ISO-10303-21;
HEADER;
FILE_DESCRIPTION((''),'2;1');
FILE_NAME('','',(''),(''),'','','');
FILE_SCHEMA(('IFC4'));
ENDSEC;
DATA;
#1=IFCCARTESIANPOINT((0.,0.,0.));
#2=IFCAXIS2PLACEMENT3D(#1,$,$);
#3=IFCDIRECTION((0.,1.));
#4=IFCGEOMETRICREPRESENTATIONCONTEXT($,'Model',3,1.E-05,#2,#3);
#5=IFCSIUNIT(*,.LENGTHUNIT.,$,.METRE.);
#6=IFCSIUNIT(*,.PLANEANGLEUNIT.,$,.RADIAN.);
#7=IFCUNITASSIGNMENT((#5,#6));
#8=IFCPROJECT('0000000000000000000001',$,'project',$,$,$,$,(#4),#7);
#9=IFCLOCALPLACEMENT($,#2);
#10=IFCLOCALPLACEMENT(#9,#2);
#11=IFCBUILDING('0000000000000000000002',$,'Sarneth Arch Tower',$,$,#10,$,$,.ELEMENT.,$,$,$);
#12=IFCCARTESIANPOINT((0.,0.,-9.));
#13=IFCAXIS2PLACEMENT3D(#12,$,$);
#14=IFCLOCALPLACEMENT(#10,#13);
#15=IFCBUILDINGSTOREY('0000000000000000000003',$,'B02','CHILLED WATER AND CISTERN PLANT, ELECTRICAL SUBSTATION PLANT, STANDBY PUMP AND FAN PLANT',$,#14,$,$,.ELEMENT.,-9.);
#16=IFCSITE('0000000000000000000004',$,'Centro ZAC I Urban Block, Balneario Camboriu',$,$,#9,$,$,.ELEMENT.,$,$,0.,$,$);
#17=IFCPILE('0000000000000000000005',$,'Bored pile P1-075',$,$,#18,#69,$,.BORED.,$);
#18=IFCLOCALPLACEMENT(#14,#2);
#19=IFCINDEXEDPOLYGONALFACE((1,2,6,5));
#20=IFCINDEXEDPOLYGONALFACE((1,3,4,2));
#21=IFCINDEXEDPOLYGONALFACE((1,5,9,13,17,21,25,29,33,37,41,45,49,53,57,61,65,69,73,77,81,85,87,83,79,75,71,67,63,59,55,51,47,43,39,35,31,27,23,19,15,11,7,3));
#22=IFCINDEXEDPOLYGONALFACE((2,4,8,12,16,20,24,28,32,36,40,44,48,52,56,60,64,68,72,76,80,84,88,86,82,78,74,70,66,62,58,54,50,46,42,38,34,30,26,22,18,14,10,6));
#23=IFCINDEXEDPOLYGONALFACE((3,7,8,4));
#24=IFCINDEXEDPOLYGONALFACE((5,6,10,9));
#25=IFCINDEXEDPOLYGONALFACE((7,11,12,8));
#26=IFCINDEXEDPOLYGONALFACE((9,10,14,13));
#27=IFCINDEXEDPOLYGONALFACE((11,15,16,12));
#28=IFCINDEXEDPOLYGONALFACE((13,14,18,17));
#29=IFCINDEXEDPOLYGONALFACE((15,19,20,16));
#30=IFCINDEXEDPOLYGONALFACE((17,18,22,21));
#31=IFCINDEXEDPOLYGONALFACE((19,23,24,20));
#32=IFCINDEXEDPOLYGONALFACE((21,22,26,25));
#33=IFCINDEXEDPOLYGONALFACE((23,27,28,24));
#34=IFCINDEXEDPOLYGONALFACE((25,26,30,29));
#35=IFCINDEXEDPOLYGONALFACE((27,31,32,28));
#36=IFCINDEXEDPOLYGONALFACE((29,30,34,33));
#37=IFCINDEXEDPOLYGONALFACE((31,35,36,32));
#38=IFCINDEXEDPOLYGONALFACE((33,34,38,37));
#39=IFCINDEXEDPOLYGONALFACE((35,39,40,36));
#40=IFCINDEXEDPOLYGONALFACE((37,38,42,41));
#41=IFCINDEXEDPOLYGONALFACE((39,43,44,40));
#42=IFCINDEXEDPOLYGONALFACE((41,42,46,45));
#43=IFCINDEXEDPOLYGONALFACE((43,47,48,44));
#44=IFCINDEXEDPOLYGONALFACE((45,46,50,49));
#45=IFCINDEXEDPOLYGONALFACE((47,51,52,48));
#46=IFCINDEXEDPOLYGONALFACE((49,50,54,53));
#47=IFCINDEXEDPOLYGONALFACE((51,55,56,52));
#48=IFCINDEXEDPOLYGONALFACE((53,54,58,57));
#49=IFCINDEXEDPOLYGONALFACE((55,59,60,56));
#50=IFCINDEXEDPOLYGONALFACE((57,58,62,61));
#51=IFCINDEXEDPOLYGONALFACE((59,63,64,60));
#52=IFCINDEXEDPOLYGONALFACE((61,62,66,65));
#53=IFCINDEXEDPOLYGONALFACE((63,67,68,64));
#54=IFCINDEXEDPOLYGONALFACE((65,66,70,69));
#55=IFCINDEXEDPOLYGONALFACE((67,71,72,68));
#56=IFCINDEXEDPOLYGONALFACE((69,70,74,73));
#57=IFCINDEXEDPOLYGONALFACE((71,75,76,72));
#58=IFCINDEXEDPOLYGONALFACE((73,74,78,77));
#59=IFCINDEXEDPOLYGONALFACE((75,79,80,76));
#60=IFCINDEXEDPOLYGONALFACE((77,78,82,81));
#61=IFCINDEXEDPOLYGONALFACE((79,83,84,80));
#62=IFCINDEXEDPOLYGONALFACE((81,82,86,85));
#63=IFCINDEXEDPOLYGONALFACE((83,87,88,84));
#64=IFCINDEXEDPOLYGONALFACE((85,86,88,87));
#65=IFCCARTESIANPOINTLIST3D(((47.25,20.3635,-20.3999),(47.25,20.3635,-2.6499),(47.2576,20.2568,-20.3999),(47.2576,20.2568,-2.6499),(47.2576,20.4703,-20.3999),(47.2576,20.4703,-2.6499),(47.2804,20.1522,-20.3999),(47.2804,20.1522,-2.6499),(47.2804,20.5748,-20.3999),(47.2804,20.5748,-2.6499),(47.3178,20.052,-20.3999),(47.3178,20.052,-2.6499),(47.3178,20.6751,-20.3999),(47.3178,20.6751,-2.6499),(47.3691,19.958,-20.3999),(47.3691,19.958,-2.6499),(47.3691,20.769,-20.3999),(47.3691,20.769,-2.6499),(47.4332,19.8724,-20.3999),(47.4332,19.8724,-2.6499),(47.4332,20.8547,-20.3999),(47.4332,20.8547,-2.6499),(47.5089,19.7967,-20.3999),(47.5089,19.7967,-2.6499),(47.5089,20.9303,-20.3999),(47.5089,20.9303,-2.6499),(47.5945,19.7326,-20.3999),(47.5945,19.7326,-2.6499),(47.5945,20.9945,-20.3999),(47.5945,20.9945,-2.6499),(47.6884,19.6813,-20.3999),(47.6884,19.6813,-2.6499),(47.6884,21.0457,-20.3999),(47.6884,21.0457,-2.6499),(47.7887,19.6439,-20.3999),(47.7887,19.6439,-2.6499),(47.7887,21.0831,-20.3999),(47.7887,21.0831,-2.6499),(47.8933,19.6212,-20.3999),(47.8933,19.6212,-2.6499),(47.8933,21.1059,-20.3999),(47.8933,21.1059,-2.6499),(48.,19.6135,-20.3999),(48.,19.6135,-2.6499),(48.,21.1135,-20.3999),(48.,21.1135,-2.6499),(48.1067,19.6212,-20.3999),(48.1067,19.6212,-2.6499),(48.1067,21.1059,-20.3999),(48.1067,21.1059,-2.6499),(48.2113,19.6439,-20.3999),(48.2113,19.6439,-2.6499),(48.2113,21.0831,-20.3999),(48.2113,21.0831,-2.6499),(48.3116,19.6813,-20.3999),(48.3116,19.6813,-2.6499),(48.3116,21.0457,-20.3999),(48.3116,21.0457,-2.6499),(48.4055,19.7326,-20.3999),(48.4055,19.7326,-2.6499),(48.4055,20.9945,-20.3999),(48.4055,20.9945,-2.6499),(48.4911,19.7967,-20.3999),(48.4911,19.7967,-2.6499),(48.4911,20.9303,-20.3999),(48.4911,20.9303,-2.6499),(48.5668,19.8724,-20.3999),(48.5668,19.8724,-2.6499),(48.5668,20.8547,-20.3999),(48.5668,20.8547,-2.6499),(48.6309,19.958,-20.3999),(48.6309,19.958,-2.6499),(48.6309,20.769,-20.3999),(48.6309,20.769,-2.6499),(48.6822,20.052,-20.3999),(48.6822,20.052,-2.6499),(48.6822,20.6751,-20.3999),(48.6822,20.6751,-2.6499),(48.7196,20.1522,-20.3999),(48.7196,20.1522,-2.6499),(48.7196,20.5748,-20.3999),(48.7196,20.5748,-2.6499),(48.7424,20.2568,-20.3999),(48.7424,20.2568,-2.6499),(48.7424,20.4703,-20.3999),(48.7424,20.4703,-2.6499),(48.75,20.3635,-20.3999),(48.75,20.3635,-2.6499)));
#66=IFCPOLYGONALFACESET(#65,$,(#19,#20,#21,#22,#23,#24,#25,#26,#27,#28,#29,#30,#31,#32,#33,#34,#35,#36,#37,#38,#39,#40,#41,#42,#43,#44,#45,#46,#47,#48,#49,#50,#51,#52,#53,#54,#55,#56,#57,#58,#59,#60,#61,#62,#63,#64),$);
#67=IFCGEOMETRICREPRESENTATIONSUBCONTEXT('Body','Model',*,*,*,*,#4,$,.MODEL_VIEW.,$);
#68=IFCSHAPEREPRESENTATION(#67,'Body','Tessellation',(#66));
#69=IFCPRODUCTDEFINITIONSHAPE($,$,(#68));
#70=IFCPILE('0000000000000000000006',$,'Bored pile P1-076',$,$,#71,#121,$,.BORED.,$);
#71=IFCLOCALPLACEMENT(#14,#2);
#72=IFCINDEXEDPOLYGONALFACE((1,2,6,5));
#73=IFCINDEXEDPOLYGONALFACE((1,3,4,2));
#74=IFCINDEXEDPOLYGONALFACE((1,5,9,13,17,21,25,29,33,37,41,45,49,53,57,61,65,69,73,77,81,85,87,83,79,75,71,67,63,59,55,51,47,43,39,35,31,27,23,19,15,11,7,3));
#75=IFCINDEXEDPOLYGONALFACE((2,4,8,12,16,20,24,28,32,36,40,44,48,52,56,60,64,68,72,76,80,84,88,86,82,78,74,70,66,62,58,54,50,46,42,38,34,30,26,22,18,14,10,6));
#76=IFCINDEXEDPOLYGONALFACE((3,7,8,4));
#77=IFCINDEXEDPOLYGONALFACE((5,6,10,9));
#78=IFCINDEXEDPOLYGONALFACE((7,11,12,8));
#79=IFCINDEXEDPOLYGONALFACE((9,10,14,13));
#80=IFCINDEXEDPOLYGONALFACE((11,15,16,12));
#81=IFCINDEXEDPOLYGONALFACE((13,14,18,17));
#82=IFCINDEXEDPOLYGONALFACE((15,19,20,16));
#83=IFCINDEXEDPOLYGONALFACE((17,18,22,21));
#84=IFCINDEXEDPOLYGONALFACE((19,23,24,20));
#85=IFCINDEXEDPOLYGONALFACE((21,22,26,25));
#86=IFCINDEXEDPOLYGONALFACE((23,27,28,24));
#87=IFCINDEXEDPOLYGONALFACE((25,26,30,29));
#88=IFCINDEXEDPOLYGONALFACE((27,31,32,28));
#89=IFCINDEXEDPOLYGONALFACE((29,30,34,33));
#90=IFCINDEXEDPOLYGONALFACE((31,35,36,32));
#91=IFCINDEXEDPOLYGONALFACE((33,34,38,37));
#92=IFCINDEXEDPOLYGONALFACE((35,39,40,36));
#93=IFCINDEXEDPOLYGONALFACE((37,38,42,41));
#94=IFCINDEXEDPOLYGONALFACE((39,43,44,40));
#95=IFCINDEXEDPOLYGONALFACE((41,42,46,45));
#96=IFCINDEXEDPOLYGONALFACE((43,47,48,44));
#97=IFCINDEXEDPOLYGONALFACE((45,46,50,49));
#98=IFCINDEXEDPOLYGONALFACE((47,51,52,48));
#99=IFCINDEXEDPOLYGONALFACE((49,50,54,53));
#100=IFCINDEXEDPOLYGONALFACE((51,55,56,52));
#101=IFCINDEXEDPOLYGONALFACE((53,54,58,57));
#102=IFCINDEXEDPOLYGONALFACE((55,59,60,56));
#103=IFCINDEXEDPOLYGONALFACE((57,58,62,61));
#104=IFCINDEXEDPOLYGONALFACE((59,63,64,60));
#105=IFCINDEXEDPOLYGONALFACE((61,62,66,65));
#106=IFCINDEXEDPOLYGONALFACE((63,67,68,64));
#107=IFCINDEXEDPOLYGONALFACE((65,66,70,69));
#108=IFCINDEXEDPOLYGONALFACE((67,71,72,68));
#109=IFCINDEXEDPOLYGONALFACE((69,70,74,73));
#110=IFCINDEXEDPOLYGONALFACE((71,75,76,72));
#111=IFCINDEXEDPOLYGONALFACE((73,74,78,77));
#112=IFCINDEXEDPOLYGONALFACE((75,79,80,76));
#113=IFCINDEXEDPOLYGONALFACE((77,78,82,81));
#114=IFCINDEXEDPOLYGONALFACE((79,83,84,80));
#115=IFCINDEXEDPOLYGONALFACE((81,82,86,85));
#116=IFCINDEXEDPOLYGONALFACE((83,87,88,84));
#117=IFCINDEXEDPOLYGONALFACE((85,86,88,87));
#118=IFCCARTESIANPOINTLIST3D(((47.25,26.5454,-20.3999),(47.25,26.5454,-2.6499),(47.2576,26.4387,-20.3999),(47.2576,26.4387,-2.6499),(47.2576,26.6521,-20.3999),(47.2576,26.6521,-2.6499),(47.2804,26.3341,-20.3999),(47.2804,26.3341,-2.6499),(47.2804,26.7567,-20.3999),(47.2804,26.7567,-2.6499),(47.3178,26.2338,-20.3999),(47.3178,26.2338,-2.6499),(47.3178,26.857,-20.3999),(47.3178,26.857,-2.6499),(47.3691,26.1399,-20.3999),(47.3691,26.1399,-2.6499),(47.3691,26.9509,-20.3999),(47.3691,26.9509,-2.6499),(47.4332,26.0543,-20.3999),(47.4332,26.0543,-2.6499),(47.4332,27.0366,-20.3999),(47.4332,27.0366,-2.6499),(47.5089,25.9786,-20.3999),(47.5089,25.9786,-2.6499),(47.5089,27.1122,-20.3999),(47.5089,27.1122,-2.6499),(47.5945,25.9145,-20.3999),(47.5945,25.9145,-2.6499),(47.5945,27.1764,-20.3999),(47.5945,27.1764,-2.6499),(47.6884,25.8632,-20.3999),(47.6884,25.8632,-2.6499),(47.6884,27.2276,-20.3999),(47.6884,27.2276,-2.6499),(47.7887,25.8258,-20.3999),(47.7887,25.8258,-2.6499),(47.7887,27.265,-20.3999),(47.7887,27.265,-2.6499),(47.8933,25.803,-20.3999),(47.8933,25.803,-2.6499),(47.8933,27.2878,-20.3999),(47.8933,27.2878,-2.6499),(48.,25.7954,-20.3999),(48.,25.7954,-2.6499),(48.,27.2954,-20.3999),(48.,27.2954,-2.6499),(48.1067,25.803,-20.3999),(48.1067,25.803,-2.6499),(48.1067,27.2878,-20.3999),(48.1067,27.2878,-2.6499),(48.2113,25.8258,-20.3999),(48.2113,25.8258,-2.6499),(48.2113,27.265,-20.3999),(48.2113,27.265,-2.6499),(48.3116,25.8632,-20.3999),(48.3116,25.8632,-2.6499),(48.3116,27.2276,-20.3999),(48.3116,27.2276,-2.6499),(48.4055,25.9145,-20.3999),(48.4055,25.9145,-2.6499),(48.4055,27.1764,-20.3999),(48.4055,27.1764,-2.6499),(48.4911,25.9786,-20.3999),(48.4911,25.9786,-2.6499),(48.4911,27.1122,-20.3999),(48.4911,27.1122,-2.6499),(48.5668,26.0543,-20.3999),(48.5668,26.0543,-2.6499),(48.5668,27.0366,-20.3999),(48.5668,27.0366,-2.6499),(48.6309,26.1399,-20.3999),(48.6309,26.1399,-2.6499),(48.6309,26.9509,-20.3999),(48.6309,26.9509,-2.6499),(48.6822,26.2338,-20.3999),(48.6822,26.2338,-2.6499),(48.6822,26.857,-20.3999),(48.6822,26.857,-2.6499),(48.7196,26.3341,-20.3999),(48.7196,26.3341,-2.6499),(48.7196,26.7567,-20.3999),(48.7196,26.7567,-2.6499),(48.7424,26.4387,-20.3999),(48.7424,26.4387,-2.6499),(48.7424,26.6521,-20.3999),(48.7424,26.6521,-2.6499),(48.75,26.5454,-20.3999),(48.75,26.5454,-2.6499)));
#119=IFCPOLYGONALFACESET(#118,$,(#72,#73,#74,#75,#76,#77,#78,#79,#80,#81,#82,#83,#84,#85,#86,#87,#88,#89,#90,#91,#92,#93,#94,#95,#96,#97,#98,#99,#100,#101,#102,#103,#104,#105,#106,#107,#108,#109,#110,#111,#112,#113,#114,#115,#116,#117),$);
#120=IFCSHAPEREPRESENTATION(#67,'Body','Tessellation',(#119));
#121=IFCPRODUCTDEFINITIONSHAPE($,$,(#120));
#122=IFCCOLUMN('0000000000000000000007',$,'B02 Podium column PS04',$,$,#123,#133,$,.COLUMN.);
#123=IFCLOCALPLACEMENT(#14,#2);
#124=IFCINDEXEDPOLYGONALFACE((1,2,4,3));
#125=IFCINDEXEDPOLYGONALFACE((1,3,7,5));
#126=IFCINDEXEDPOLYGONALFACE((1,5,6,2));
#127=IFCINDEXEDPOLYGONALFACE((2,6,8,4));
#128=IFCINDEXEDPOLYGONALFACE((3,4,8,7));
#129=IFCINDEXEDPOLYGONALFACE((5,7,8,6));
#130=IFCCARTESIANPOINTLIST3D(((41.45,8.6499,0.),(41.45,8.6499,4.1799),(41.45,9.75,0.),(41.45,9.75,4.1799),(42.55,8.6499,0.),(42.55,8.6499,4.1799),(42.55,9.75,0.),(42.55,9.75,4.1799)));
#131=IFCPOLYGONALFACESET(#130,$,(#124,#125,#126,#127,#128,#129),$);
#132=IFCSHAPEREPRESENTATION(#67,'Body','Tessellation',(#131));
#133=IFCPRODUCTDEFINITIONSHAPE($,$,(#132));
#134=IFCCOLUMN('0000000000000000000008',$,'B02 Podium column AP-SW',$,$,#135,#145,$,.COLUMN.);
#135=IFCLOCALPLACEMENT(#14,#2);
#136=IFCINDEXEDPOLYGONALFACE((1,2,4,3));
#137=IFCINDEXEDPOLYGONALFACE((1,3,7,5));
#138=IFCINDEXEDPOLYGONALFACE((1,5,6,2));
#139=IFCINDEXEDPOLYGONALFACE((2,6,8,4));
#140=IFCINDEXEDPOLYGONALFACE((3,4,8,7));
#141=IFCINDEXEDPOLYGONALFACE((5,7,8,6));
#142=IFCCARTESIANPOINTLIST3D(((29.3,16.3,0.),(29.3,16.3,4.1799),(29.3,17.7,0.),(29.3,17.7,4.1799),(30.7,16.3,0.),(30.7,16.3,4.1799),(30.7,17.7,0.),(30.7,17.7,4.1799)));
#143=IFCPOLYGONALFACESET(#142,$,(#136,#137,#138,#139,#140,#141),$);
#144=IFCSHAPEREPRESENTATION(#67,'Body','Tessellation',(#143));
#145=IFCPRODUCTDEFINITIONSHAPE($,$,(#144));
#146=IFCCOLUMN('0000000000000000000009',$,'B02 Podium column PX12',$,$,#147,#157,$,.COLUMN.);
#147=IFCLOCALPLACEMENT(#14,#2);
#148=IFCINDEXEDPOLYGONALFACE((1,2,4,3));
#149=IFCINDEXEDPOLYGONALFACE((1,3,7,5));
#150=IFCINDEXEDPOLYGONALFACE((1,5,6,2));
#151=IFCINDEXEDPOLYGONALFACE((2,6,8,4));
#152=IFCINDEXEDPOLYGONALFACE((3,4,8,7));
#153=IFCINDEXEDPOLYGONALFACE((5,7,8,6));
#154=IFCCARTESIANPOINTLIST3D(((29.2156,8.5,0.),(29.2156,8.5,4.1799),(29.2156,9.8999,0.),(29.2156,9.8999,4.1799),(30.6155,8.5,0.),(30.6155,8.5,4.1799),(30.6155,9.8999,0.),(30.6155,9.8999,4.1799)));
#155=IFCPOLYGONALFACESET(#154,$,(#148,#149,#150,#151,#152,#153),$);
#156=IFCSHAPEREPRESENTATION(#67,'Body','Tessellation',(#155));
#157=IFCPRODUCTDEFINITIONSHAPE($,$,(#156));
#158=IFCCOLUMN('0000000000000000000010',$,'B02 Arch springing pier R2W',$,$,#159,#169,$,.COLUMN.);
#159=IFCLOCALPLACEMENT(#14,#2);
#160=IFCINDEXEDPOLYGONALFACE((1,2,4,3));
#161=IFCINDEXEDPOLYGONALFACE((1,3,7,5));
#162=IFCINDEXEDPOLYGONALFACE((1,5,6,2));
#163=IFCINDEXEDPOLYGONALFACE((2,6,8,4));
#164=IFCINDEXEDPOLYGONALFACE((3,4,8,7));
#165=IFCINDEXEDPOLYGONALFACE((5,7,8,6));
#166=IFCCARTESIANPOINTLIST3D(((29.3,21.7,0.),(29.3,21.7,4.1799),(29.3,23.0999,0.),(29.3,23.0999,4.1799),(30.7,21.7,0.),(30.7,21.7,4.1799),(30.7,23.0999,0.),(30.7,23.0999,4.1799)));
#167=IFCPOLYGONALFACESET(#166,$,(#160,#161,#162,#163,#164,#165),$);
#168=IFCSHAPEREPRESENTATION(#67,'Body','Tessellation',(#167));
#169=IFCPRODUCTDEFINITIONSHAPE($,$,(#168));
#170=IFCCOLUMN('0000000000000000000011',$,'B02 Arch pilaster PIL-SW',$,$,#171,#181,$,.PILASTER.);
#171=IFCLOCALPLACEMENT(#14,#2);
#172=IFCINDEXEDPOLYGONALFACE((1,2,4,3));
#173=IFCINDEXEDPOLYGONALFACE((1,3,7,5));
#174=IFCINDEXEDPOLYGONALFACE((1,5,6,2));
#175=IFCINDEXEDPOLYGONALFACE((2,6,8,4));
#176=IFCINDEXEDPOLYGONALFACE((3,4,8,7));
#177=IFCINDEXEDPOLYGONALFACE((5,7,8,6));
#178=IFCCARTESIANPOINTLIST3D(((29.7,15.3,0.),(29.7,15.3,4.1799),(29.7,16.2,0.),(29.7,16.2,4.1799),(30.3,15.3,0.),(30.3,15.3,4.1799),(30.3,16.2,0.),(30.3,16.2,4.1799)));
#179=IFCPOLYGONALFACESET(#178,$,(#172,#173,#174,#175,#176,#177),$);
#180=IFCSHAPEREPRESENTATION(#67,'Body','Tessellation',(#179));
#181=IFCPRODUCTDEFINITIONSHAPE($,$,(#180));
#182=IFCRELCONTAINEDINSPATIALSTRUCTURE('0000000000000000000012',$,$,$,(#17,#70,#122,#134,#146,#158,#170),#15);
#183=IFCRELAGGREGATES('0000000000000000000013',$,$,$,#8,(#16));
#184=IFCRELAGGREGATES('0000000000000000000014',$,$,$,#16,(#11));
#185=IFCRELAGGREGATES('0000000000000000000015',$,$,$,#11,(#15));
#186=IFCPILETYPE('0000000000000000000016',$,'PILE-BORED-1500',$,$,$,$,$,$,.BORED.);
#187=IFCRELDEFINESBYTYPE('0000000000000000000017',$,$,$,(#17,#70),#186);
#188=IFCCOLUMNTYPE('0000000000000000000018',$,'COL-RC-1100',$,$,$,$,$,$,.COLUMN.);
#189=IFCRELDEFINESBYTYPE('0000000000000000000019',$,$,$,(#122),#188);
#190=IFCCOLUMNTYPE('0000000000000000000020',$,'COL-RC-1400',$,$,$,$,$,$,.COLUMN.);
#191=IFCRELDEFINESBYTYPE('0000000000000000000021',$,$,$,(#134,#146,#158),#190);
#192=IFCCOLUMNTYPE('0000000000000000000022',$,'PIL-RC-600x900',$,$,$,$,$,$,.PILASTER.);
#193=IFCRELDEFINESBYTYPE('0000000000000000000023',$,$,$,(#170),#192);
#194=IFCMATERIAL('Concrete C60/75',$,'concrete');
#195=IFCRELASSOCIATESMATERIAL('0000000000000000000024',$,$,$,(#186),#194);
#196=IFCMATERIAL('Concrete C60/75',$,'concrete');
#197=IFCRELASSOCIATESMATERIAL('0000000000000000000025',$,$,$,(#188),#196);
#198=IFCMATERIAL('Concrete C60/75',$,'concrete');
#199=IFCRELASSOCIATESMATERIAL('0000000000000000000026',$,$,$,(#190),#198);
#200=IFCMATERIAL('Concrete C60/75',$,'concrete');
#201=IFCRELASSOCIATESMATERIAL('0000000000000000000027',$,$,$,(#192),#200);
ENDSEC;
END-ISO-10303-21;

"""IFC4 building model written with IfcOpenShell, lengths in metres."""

from ifc_helpers import new_model, si_unit, direction, frame, origin, origin_2d, place, context, subcontext, project, spatial, rectangle, circle, extrude, material, material_profile, profile_set, type_object, element, save


model = new_model("IFC4")

# Units and contexts
model_context = context("Model", 3, precision=1e-05, world=origin(), true_north=direction((0.0, 1.0)))
body_context = subcontext(model_context, "Body", "Model", "MODEL_VIEW")
ifc_project = project(units=[si_unit("LENGTHUNIT", "METRE"), si_unit("PLANEANGLEUNIT", "RADIAN")], contexts=[model_context])

# Site, building, storey
site_placement = place(None, origin())
site = spatial("IfcSite", under=ifc_project, at=site_placement, Name="Centro ZAC I Urban Block, Balneario Camboriu", CompositionType="ELEMENT", RefElevation=0.0)
building_placement = place(site_placement, origin())
building = spatial("IfcBuilding", under=site, at=building_placement, Name="Sarneth Arch Tower", CompositionType="ELEMENT")
storey_placement = place(building_placement, frame((0.0, 0.0, -9.0)))
storey = spatial("IfcBuildingStorey", under=building, at=storey_placement, Name="B02", Description="CHILLED WATER AND CISTERN PLANT, ELECTRICAL SUBSTATION PLANT, STANDBY PUMP AND FAN PLANT", CompositionType="ELEMENT", Elevation=-9.0)

# Piles
ifc_material_1 = material(Name="Concrete C60/75", Category="concrete")
ifc_material_profile_1 = material_profile(ifc_material_1, circle(Radius=0.75, at=origin_2d()), Name="PILE-D1500")
ifc_profile_set_1 = profile_set([ifc_material_profile_1], Name="Concrete C60/75")
pile_type_1 = type_object("IfcPileType", Name="PILE-BORED-1500", PredefinedType="BORED", material=ifc_profile_set_1)
for number, where, z_axis, x_axis, name in (
    (1, (48.0, 20.3635, -2.6499), (0.0, 0.0, -1.0), (1.0, 0.0, 0.0), "Bored pile P1-075"),
    (2, (48.0, 26.5454, -2.6499), (0.0, 0.0, -1.0), (1.0, 0.0, 0.0), "Bored pile P1-076"),
):
    element("IfcPile", number, at=place(storey_placement, frame(where, z_axis=z_axis, x_axis=x_axis)), inside=storey, type_object=pile_type_1, Name=name, PredefinedType="BORED", context=body_context, shape_type="SweptSolid", body=[
        extrude(circle(Radius=0.75, at=origin_2d()), origin(), (0.0, 0.0, 1.0), 17.75),
    ])

# Columns
ifc_material_2 = material(Name="Concrete C60/75", Category="concrete")
ifc_material_profile_2 = material_profile(ifc_material_2, rectangle(XDim=1.1001, YDim=1.1001, at=origin_2d()), Name="RC-1100x1100")
ifc_profile_set_2 = profile_set([ifc_material_profile_2], Name="Concrete C60/75")
column_type_1 = type_object("IfcColumnType", Name="COL-RC-1100", PredefinedType="COLUMN", material=ifc_profile_set_2)
column_1_placement = place(storey_placement, frame((42.0, 9.2, 0.0), z_axis=(0.0, 0.0, 1.0), x_axis=(1.0, 0.0, 0.0)))
element("IfcColumn", 3, at=column_1_placement, inside=storey, type_object=column_type_1, Name="B02 Podium column PS04", PredefinedType="COLUMN", context=body_context, shape_type="SweptSolid", body=[
    extrude(rectangle(XDim=1.1001, YDim=1.1001, at=origin_2d()), origin(), (0.0, 0.0, 1.0), 4.1799),
])
ifc_material_3 = material(Name="Concrete C60/75", Category="concrete")
ifc_material_profile_3 = material_profile(ifc_material_3, rectangle(XDim=1.3999, YDim=1.3999, at=origin_2d()), Name="RC-1400x1400")
ifc_profile_set_3 = profile_set([ifc_material_profile_3], Name="Concrete C60/75")
column_type_2 = type_object("IfcColumnType", Name="COL-RC-1400", PredefinedType="COLUMN", material=ifc_profile_set_3)
for number, where, z_axis, x_axis, name in (
    (4, (30.0, 17.0, 0.0), (0.0, 0.0, 1.0), (1.0, 0.0, 0.0), "B02 Podium column AP-SW"),
    (5, (29.9155, 9.2, 0.0), (0.0, 0.0, 1.0), (1.0, 0.0, 0.0), "B02 Podium column PX12"),
    (6, (30.0, 22.3999, 0.0), (0.0, 0.0, 1.0), (1.0, 0.0, 0.0), "B02 Arch springing pier R2W"),
):
    element("IfcColumn", number, at=place(storey_placement, frame(where, z_axis=z_axis, x_axis=x_axis)), inside=storey, type_object=column_type_2, Name=name, PredefinedType="COLUMN", context=body_context, shape_type="SweptSolid", body=[
        extrude(rectangle(XDim=1.3999, YDim=1.3999, at=origin_2d()), origin(), (0.0, 0.0, 1.0), 4.1799),
    ])
ifc_material_4 = material(Name="Concrete C60/75", Category="concrete")
ifc_material_profile_4 = material_profile(ifc_material_4, rectangle(XDim=0.6001, YDim=0.8999, at=origin_2d()), Name="RC-600x900")
ifc_profile_set_4 = profile_set([ifc_material_profile_4], Name="Concrete C60/75")
column_type_3 = type_object("IfcColumnType", Name="PIL-RC-600x900", PredefinedType="PILASTER", material=ifc_profile_set_4)
column_2_placement = place(storey_placement, frame((30.0, 15.75, 0.0), z_axis=(0.0, 0.0, 1.0), x_axis=(1.0, 0.0, 0.0)))
element("IfcColumn", 7, at=column_2_placement, inside=storey, type_object=column_type_3, Name="B02 Arch pilaster PIL-SW", PredefinedType="PILASTER", context=body_context, shape_type="SweptSolid", body=[
    extrude(rectangle(XDim=0.6001, YDim=0.8999, at=origin_2d()), origin(), (0.0, 0.0, 1.0), 4.1799),
])

save(model, "model.ifc")
